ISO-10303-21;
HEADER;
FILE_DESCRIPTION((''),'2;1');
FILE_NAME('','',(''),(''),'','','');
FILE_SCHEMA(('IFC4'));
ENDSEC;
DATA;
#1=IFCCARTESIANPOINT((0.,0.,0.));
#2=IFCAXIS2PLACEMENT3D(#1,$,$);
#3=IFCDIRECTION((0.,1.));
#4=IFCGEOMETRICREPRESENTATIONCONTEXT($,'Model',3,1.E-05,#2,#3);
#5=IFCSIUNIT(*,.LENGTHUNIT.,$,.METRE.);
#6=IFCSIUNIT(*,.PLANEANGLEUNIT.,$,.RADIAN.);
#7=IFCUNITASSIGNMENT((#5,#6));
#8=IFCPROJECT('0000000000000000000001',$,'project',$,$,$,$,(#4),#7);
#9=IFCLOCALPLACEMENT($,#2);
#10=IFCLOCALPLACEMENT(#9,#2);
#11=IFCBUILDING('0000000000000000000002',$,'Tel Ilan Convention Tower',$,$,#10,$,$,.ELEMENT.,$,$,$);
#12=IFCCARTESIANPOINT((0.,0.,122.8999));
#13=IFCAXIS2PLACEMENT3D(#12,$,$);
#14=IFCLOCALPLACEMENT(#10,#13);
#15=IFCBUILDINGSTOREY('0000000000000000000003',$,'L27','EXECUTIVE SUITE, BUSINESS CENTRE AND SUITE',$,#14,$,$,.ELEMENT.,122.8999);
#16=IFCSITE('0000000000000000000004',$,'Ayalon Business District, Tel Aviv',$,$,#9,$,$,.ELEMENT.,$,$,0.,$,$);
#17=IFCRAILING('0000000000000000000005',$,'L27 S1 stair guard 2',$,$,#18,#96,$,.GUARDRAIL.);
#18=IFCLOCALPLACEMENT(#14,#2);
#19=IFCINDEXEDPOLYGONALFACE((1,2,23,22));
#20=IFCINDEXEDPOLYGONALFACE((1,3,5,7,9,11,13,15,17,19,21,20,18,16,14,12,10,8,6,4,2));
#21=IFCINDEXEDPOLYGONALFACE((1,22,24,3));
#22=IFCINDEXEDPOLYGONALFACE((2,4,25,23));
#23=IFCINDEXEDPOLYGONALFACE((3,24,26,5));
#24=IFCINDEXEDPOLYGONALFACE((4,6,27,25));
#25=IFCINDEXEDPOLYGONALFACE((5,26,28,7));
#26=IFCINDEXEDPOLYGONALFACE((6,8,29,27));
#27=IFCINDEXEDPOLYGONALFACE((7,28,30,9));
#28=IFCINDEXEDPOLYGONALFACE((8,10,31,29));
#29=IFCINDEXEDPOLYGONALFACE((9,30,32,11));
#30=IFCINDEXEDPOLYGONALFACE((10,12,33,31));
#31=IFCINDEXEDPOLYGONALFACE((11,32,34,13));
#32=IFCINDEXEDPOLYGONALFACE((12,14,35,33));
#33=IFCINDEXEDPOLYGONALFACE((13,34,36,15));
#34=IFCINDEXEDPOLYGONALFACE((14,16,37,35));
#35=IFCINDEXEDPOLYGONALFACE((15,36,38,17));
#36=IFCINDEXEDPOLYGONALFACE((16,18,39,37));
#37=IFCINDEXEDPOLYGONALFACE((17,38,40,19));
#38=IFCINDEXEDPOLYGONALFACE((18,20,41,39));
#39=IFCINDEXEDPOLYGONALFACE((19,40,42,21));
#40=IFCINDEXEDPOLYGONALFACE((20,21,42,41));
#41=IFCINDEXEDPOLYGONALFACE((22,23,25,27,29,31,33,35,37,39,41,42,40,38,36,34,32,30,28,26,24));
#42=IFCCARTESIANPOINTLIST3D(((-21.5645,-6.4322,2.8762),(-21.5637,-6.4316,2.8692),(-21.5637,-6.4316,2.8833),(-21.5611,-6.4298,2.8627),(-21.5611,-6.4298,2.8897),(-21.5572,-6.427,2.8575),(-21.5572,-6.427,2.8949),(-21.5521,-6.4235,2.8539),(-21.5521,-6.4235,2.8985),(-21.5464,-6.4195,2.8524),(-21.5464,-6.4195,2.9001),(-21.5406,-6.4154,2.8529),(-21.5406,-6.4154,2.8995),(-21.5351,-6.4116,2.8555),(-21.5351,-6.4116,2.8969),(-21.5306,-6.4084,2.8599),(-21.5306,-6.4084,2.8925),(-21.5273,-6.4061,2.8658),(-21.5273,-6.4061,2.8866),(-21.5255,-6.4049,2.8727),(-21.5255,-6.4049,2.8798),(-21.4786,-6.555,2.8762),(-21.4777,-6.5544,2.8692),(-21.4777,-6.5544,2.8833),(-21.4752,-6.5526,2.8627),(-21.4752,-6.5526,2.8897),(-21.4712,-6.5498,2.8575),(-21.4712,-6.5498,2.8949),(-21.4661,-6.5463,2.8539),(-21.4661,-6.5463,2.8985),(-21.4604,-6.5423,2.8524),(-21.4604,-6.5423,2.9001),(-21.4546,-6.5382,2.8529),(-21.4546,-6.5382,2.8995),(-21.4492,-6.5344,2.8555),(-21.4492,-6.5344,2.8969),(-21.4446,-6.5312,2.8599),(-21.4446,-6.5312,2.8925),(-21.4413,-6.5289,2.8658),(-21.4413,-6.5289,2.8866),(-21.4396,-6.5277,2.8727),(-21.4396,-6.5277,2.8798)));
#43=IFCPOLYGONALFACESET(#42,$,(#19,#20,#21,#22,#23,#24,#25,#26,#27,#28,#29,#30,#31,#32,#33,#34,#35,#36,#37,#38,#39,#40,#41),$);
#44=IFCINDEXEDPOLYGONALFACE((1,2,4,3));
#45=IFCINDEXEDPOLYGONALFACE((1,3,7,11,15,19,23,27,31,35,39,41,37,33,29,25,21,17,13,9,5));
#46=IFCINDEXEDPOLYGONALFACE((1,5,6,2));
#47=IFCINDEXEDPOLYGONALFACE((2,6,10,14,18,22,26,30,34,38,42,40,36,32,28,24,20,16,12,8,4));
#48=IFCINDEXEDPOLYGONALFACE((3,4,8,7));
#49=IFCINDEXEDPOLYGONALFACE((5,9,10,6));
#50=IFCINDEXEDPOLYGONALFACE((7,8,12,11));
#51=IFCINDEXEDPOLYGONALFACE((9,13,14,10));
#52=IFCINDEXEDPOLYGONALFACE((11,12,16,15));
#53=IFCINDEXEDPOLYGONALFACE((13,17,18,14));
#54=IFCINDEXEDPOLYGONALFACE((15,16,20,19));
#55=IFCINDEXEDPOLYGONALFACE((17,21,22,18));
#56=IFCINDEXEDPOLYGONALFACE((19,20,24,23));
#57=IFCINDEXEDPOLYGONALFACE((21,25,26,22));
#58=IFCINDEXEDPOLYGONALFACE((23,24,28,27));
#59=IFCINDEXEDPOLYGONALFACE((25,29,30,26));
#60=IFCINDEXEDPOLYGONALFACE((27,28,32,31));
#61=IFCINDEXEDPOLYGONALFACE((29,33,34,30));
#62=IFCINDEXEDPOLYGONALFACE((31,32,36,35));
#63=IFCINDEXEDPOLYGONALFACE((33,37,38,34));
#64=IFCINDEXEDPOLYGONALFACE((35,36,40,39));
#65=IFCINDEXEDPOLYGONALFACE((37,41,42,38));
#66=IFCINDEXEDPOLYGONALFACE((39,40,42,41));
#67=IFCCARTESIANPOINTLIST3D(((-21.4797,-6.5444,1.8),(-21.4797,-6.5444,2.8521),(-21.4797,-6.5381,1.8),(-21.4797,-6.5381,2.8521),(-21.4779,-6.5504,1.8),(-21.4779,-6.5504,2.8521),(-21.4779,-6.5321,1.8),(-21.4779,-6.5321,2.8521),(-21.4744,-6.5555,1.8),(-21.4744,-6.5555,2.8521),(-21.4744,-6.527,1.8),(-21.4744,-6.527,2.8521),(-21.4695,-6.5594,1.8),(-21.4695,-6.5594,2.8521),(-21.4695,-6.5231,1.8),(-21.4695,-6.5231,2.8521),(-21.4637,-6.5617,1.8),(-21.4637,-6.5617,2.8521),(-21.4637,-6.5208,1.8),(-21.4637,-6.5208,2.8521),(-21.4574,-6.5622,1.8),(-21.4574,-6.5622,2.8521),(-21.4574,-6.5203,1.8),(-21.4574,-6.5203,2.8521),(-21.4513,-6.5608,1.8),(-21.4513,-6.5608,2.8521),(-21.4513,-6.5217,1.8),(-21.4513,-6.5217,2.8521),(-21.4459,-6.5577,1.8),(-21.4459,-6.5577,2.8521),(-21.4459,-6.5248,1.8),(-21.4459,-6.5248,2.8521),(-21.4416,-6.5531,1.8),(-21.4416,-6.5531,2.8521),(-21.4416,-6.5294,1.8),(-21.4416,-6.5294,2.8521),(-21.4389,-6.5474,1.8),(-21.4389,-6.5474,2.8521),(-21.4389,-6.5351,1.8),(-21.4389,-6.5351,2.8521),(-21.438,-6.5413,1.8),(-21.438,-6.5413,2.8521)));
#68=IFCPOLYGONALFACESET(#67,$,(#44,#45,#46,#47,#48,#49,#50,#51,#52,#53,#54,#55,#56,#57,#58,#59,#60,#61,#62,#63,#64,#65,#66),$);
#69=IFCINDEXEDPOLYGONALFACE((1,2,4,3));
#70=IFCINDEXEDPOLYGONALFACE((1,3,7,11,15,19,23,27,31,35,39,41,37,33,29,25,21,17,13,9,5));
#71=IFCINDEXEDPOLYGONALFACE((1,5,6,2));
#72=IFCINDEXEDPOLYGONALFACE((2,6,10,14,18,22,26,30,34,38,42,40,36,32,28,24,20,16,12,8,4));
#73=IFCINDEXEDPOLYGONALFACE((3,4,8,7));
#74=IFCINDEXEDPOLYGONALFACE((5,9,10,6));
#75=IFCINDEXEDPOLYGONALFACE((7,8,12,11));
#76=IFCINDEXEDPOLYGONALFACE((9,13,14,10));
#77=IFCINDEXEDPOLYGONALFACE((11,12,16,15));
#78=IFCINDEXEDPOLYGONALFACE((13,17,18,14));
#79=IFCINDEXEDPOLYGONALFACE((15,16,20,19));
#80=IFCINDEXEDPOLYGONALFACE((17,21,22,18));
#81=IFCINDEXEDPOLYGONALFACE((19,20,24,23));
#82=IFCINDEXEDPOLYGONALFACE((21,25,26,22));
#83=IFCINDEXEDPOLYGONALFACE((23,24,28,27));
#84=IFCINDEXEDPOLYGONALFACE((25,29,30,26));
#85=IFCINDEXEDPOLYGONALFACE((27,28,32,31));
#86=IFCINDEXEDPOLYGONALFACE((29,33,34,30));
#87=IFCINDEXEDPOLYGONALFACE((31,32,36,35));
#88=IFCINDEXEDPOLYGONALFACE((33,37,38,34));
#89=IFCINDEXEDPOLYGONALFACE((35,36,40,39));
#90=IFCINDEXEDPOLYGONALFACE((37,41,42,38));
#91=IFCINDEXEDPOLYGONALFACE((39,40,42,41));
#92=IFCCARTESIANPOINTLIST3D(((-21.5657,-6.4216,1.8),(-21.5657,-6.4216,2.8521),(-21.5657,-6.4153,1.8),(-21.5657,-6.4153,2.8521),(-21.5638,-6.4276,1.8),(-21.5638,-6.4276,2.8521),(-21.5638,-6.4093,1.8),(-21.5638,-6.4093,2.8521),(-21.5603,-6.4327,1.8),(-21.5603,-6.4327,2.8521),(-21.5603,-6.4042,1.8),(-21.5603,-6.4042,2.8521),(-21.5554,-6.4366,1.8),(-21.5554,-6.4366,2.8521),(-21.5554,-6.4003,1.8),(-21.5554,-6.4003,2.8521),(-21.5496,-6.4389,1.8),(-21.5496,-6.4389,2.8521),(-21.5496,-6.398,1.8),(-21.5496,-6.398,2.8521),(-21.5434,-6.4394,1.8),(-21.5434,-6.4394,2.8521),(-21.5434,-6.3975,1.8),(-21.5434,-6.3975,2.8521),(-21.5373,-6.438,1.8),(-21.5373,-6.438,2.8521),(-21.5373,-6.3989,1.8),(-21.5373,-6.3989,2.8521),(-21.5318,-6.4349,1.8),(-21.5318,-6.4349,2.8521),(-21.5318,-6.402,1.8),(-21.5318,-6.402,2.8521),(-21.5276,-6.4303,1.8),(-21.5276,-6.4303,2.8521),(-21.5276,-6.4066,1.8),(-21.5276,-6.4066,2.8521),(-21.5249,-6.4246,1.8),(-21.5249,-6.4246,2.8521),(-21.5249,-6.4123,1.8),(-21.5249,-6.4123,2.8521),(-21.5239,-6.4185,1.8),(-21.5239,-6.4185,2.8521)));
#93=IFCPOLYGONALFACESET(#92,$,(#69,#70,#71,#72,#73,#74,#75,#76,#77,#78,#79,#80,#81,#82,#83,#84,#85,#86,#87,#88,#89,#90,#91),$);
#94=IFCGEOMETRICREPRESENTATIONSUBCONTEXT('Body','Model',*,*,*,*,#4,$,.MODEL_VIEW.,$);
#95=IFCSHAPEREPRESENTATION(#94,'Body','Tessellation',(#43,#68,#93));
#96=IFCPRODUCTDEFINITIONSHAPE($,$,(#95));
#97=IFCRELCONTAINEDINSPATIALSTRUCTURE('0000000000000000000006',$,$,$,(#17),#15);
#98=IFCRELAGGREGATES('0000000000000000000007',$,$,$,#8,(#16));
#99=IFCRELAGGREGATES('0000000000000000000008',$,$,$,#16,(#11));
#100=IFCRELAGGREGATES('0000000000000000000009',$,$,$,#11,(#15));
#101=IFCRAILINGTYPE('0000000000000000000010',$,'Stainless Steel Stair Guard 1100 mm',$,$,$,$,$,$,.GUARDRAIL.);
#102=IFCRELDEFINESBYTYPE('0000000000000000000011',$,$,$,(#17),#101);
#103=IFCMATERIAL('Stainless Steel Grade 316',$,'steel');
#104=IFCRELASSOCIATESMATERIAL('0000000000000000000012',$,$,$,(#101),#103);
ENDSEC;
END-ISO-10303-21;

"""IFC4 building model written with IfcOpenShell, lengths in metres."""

from ifc_helpers import new_model, si_unit, direction, frame, origin, origin_2d, place, context, subcontext, project, spatial, circle, extrude, material, type_object, element, save


model = new_model("IFC4")

# Units and contexts
model_context = context("Model", 3, precision=1e-05, world=origin(), true_north=direction((0.0, 1.0)))
body_context = subcontext(model_context, "Body", "Model", "MODEL_VIEW")
ifc_project = project(units=[si_unit("LENGTHUNIT", "METRE"), si_unit("PLANEANGLEUNIT", "RADIAN")], contexts=[model_context])

# Site, building, storey
site_placement = place(None, origin())
site = spatial("IfcSite", under=ifc_project, at=site_placement, Name="Ayalon Business District, Tel Aviv", CompositionType="ELEMENT", RefElevation=0.0)
building_placement = place(site_placement, origin())
building = spatial("IfcBuilding", under=site, at=building_placement, Name="Tel Ilan Convention Tower", CompositionType="ELEMENT")
storey_placement = place(building_placement, frame((0.0, 0.0, 122.8999)))
storey = spatial("IfcBuildingStorey", under=building, at=storey_placement, Name="L27", Description="EXECUTIVE SUITE, BUSINESS CENTRE AND SUITE", CompositionType="ELEMENT", Elevation=122.8999)

# Railing
ifc_material_1 = material(Name="Stainless Steel Grade 316", Category="steel")
railing_type_1 = type_object("IfcRailingType", Name="Stainless Steel Stair Guard 1100 mm", PredefinedType="GUARDRAIL", material=ifc_material_1)
railing_1_placement = place(storey_placement, frame((-21.459, -6.5413, 1.8)))
element("IfcRailing", 1, at=railing_1_placement, inside=storey, type_object=railing_type_1, Name="L27 S1 stair guard 2", PredefinedType="GUARDRAIL", context=body_context, shape_type="SweptSolid", body=[
    extrude(circle(Radius=0.0239, at=origin_2d()), frame((0.0, 0.0, 1.0762), z_axis=(-0.573353, 0.819308, 0.0), x_axis=(-0.819308, -0.573353, 0.0)), (0.0, 0.0, 1.0), 0.1499),
    extrude(circle(Radius=0.021, at=origin_2d()), origin(), (0.0, 0.0, 1.0), 1.052),
    extrude(circle(Radius=0.021, at=origin_2d()), frame((-0.0859, 0.1228, 0.0)), (0.0, 0.0, 1.0), 1.052),
])

save(model, "model.ifc")
